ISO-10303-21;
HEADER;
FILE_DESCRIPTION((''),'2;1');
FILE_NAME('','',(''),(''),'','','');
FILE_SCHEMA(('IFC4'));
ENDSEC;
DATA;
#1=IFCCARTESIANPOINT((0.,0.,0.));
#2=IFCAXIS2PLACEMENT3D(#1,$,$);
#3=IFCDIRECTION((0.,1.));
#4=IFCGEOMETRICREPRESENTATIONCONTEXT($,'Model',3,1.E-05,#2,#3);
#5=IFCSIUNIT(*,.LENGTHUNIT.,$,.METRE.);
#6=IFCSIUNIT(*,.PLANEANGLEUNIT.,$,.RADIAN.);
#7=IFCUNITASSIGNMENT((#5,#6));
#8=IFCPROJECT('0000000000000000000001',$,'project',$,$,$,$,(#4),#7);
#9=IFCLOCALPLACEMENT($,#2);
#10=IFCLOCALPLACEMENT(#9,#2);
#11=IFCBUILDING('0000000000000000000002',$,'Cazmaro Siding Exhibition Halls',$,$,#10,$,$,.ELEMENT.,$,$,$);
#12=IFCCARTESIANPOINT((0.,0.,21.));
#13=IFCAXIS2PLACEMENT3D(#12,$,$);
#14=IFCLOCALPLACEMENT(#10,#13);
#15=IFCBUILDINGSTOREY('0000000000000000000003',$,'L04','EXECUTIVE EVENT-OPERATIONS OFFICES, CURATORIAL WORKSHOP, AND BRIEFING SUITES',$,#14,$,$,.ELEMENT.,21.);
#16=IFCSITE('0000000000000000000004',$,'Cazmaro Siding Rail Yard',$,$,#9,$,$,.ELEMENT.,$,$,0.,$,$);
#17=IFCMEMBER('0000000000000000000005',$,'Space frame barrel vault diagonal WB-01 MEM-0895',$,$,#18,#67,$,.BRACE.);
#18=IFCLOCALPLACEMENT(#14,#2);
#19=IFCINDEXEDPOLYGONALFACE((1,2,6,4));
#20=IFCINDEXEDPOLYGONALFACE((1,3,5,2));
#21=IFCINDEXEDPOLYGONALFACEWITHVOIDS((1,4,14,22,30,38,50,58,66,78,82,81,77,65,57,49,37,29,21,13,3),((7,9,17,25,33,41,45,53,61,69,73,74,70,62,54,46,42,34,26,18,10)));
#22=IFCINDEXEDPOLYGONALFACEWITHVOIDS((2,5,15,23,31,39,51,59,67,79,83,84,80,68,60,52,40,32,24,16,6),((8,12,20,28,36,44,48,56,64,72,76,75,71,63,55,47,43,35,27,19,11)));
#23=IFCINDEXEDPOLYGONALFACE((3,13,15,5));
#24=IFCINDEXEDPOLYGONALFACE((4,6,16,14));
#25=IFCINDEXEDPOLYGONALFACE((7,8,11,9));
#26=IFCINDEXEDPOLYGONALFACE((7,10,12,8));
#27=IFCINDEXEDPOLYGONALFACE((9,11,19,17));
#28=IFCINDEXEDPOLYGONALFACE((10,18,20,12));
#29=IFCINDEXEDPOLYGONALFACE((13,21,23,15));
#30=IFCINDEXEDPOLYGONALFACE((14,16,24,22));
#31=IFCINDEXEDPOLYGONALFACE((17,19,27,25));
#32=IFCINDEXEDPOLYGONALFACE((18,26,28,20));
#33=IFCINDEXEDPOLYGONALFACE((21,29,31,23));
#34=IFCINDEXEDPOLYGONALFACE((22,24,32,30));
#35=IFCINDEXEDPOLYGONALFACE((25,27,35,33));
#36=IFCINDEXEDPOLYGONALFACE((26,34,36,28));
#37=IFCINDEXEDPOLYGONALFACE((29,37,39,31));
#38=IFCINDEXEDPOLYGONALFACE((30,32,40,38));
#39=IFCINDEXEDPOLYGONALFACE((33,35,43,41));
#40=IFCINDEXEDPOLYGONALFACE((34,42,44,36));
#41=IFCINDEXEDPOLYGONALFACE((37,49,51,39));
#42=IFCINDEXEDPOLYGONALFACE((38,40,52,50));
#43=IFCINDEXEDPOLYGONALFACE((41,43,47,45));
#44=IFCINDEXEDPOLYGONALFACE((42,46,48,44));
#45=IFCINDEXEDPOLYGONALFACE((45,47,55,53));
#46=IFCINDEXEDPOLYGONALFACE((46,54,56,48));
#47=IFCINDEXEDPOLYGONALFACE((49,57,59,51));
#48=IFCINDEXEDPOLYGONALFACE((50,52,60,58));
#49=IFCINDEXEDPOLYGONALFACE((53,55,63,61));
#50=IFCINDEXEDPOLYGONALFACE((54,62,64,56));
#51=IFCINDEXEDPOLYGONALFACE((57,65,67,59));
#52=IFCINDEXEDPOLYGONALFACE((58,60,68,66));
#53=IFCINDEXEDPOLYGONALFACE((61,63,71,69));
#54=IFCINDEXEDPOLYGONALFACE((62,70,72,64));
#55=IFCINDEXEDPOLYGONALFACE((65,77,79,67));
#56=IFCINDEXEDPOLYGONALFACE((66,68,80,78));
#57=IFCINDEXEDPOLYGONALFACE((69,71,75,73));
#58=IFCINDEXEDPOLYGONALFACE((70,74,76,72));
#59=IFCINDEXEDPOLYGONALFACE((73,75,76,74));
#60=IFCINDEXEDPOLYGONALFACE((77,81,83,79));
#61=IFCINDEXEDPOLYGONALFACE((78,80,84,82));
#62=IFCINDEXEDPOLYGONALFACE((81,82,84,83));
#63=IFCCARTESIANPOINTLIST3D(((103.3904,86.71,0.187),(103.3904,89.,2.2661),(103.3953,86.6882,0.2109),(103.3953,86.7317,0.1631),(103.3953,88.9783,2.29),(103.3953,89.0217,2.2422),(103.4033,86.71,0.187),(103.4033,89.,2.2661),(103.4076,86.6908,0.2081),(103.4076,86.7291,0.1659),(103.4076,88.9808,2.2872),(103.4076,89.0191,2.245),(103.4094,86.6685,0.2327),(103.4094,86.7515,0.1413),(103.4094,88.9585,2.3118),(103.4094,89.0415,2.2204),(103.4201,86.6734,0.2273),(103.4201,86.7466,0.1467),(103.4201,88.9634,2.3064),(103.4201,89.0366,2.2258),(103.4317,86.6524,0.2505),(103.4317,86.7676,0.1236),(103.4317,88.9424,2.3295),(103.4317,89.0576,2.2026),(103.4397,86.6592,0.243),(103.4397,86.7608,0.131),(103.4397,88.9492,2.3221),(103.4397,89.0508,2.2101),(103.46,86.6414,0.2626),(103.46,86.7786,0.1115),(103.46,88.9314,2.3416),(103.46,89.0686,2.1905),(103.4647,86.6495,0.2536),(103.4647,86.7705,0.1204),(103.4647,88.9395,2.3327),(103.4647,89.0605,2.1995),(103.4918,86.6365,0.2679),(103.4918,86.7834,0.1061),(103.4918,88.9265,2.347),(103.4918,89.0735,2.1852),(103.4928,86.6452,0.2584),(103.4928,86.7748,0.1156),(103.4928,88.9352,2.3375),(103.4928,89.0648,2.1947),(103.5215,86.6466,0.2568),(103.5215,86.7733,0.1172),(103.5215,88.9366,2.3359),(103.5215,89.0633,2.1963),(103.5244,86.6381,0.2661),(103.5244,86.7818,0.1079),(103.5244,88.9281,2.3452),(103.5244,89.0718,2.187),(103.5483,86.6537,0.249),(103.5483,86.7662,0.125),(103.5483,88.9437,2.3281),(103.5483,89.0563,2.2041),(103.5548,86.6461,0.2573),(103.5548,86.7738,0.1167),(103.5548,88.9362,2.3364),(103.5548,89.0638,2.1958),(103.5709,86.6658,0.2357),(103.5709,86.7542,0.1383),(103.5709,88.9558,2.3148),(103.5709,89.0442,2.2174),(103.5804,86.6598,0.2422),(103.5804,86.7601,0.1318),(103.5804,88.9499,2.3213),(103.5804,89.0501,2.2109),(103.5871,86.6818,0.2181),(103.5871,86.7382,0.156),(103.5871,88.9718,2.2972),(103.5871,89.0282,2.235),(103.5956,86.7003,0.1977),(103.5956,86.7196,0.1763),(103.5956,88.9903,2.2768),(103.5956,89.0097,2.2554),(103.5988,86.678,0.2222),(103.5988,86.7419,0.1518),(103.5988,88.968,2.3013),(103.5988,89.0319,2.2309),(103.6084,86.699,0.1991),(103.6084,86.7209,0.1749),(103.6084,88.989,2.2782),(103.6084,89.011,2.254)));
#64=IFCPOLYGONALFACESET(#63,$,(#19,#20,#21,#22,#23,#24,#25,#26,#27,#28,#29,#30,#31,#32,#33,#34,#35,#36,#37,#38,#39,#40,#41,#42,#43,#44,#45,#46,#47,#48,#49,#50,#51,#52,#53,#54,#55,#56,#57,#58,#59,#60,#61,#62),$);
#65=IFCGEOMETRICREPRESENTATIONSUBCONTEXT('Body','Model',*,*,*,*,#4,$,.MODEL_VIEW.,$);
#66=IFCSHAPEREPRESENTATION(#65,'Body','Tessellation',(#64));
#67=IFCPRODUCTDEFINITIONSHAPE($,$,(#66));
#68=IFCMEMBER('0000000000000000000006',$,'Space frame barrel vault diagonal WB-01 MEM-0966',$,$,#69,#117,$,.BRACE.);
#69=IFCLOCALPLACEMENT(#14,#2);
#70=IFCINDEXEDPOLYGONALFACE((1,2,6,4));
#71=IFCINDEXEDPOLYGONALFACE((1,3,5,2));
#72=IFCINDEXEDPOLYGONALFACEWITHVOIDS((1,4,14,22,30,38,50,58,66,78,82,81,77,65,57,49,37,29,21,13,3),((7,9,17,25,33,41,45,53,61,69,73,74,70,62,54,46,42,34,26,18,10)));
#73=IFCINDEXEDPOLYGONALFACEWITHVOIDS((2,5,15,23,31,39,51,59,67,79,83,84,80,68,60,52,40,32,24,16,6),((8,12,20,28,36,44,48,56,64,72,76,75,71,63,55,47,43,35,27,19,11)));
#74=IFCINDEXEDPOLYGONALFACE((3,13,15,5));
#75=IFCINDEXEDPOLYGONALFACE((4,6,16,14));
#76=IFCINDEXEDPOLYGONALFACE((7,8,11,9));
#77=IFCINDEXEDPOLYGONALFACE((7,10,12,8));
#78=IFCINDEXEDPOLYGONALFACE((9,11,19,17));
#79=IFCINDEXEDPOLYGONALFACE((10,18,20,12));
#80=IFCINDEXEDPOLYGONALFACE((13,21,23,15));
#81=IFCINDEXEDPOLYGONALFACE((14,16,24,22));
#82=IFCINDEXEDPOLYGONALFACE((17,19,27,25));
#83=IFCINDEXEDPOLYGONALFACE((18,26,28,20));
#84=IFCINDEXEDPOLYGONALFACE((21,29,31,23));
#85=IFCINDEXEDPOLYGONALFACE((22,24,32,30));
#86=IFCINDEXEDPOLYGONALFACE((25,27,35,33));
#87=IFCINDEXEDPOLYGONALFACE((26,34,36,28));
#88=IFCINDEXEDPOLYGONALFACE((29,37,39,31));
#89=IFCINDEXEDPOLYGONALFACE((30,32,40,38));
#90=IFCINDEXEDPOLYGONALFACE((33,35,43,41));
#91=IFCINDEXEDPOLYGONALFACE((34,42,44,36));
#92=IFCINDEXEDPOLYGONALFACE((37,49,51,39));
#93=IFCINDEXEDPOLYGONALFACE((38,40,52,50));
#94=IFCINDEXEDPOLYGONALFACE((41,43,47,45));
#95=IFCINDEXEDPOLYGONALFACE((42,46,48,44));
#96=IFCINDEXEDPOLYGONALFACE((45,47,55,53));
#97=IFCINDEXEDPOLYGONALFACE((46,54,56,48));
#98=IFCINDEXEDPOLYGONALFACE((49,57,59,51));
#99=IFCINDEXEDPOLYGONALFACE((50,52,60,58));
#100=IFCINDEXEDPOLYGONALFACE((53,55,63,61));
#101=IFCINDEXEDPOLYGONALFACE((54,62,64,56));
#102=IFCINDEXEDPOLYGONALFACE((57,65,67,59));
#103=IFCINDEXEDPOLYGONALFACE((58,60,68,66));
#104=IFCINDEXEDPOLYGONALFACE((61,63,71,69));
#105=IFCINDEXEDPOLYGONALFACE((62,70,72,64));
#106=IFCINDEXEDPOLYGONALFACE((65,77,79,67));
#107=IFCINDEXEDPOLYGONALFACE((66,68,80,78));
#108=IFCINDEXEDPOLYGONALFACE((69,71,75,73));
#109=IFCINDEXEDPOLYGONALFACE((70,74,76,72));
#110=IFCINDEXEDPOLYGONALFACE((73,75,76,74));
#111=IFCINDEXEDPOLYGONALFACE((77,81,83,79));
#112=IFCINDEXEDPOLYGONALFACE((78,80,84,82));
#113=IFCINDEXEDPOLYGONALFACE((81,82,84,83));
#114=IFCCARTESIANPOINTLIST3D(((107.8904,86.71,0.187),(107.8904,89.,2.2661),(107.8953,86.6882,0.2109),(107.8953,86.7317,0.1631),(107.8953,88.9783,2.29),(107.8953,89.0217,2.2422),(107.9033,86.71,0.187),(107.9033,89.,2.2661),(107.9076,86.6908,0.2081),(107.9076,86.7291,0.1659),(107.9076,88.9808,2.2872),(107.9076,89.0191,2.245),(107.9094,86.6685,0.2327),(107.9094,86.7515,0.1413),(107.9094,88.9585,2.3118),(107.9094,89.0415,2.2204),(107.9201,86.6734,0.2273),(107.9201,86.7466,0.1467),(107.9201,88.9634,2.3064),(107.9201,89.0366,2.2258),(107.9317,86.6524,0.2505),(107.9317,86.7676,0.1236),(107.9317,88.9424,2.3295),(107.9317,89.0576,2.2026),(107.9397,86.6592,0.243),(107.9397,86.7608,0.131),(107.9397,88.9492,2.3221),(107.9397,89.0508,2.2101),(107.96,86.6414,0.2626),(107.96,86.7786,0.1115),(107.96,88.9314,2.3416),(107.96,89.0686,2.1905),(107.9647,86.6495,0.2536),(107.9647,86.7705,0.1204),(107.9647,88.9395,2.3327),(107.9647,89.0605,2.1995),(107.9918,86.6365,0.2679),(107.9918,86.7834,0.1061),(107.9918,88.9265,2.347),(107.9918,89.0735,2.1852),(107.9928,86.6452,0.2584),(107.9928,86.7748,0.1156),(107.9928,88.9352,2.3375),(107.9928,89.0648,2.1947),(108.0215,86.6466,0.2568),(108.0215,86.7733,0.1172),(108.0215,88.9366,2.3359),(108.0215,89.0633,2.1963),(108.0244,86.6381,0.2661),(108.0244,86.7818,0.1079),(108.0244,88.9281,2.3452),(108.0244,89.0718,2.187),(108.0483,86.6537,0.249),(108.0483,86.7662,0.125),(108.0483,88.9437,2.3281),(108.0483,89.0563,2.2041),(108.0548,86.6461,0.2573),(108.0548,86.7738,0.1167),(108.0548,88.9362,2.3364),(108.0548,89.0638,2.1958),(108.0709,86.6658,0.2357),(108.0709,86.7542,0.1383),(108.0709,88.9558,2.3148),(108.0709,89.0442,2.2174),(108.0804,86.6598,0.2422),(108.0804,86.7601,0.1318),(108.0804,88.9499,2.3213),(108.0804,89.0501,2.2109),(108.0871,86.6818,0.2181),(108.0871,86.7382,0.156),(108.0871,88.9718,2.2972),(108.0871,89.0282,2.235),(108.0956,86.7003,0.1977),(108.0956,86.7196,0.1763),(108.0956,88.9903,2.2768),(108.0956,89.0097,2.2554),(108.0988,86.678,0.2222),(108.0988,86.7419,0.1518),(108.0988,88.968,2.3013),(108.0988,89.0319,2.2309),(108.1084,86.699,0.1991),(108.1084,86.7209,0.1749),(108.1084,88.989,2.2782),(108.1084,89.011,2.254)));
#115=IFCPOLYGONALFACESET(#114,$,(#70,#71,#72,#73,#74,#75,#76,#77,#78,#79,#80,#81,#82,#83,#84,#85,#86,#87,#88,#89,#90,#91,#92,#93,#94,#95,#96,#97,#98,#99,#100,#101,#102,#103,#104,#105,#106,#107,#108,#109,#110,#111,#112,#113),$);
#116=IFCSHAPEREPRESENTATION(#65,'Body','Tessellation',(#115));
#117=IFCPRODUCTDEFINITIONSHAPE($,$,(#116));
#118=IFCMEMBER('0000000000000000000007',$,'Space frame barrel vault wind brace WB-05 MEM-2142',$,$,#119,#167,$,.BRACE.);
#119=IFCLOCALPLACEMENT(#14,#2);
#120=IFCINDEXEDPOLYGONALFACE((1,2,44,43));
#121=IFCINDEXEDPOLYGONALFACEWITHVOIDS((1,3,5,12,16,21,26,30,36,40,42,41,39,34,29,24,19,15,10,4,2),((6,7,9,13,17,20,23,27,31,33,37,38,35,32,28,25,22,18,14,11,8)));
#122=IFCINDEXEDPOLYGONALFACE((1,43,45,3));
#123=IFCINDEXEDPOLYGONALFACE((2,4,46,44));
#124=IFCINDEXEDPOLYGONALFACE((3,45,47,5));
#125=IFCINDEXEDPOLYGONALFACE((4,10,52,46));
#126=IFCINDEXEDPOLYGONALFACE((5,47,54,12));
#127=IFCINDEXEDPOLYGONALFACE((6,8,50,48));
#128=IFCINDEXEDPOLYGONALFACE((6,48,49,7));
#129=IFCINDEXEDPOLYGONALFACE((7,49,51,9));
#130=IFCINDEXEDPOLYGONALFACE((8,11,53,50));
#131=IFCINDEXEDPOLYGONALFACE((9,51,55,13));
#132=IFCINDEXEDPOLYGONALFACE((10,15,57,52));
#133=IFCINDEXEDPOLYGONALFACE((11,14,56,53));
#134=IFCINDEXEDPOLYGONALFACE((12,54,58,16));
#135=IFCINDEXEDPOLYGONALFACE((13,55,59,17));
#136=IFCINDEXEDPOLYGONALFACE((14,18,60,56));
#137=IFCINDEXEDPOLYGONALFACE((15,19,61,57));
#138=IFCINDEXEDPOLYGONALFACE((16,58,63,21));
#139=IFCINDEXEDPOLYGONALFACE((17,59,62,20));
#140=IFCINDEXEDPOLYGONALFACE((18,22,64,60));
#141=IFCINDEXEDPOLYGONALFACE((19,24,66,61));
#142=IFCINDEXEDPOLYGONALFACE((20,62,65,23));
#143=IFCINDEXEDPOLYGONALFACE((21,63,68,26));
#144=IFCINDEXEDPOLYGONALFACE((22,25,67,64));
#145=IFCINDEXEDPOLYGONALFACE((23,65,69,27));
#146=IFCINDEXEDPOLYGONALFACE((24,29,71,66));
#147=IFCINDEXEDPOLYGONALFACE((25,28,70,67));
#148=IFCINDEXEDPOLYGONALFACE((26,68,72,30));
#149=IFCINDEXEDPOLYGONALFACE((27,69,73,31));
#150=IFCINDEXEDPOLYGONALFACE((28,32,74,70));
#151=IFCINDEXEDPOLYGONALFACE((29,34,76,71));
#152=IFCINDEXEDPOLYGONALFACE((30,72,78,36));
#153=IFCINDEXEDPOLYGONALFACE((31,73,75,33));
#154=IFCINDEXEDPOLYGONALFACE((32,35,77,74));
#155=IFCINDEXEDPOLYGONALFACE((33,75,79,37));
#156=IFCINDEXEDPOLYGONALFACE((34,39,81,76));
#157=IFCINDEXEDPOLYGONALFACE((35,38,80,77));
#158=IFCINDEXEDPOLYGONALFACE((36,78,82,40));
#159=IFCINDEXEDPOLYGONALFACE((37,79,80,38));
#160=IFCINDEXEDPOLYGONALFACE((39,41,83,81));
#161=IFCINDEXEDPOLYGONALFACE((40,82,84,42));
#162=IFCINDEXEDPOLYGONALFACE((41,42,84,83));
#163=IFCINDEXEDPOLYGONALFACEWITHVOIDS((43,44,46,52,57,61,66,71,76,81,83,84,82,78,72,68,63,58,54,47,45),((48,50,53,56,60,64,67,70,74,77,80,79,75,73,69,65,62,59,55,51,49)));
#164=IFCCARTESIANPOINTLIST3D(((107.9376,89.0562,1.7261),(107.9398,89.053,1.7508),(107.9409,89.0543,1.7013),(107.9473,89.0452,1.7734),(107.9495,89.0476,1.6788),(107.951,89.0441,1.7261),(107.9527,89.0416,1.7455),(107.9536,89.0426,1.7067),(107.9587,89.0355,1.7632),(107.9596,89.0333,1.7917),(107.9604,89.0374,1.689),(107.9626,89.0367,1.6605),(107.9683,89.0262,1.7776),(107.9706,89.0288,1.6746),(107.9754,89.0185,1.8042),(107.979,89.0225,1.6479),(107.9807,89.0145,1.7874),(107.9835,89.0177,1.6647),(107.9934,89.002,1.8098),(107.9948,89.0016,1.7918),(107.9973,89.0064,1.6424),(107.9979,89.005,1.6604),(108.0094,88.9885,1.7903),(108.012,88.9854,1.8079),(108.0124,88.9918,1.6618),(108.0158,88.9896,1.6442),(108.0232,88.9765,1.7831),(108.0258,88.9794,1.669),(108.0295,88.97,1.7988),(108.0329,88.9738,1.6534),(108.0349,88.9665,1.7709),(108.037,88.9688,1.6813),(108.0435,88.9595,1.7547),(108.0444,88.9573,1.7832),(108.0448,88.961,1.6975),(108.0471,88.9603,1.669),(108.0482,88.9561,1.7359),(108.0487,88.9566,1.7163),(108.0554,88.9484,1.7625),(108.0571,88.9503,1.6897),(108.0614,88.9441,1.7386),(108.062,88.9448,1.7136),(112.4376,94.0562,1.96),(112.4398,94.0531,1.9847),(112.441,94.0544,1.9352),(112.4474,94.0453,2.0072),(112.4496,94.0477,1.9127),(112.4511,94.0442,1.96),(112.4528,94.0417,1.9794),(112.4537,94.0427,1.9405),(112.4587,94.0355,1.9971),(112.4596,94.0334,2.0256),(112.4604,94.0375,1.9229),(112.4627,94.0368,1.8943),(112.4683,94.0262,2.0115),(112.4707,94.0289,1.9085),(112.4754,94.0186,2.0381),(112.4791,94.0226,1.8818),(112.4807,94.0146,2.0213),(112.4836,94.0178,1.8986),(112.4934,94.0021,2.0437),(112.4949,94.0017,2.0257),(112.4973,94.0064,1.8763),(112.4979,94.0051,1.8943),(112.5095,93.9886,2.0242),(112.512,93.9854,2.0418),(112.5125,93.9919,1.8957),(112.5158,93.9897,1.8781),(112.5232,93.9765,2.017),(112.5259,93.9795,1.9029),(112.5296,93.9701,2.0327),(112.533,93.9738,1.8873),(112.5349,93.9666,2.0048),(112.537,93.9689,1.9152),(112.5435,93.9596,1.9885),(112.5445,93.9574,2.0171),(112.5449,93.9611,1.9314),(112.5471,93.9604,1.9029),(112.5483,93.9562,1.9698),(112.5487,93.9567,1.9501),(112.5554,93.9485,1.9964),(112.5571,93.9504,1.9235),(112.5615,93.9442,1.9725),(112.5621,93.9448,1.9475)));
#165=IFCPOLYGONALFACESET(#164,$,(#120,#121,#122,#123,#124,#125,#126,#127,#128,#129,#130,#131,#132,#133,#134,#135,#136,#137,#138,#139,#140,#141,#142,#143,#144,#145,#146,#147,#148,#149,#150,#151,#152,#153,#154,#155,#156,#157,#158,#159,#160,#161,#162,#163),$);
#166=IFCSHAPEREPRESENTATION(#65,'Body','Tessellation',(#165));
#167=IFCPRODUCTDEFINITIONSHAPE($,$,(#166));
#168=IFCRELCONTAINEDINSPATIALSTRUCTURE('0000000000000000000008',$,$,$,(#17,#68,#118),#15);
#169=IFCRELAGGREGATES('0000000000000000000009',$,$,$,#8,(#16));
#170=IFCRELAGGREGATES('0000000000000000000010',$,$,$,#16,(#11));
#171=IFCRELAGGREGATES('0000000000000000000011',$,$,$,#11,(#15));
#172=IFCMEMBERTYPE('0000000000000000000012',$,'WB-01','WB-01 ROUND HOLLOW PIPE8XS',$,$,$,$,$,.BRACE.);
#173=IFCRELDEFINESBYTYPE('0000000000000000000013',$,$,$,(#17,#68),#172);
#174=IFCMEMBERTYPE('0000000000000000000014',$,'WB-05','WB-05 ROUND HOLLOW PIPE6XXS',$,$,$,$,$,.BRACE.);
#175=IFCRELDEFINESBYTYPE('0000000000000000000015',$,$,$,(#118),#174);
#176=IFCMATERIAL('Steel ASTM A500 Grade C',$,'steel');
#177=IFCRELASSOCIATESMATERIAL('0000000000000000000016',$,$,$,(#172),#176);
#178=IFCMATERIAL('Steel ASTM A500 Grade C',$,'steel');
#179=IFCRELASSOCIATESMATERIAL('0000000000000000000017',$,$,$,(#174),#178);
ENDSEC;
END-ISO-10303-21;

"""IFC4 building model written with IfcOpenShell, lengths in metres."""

from ifc_helpers import new_model, si_unit, direction, frame, origin, origin_2d, place, context, subcontext, project, spatial, hollow_circle, extrude, material, material_profile, profile_set, type_object, element, save


model = new_model("IFC4")

# Units and contexts
model_context = context("Model", 3, precision=1e-05, world=origin(), true_north=direction((0.0, 1.0)))
body_context = subcontext(model_context, "Body", "Model", "MODEL_VIEW")
ifc_project = project(units=[si_unit("LENGTHUNIT", "METRE"), si_unit("PLANEANGLEUNIT", "RADIAN")], contexts=[model_context])

# Site, building, storey
site_placement = place(None, origin())
site = spatial("IfcSite", under=ifc_project, at=site_placement, Name="Cazmaro Siding Rail Yard", CompositionType="ELEMENT", RefElevation=0.0)
building_placement = place(site_placement, origin())
building = spatial("IfcBuilding", under=site, at=building_placement, Name="Cazmaro Siding Exhibition Halls", CompositionType="ELEMENT")
storey_placement = place(building_placement, frame((0.0, 0.0, 21.0)))
storey = spatial("IfcBuildingStorey", under=building, at=storey_placement, Name="L04", Description="EXECUTIVE EVENT-OPERATIONS OFFICES, CURATORIAL WORKSHOP, AND BRIEFING SUITES", CompositionType="ELEMENT", Elevation=21.0)

# Members
ifc_material_1 = material(Name="Steel ASTM A500 Grade C", Category="steel")
ifc_material_profile_1 = material_profile(ifc_material_1, hollow_circle(Radius=0.1096, WallThickness=0.0129, at=origin_2d()), Name="PIPE8XS")
ifc_profile_set_1 = profile_set([ifc_material_profile_1], Name="Steel ASTM A500 Grade C")
member_type_1 = type_object("IfcMemberType", Name="WB-01", Description="WB-01 ROUND HOLLOW PIPE8XS", PredefinedType="BRACE", material=ifc_profile_set_1)
for number, where, z_axis, x_axis, name in (
    (1, (103.5, 86.71, 0.187), (0.0, 0.740383, 0.672185), (-1.0, 0.0, 0.0), "Space frame barrel vault diagonal WB-01 MEM-0895"),
    (2, (108.0, 86.71, 0.187), (0.0, 0.740383, 0.672185), (-1.0, 0.0, 0.0), "Space frame barrel vault diagonal WB-01 MEM-0966"),
):
    element("IfcMember", number, at=place(storey_placement, frame(where, z_axis=z_axis, x_axis=x_axis)), inside=storey, type_object=member_type_1, Name=name, PredefinedType="BRACE", context=body_context, shape_type="SweptSolid", body=[
        extrude(hollow_circle(Radius=0.1096, WallThickness=0.0129, at=origin_2d()), origin(), (0.0, 0.0, 1.0), 3.093),
    ])
ifc_material_2 = material(Name="Steel ASTM A500 Grade C", Category="steel")
ifc_material_profile_2 = material_profile(ifc_material_2, hollow_circle(Radius=0.084, WallThickness=0.0181, at=origin_2d()), Name="PIPE6XXS")
ifc_profile_set_2 = profile_set([ifc_material_profile_2], Name="Steel ASTM A500 Grade C")
member_type_2 = type_object("IfcMemberType", Name="WB-05", Description="WB-05 ROUND HOLLOW PIPE6XXS", PredefinedType="BRACE", material=ifc_profile_set_2)
member_1_placement = place(storey_placement, frame((108.0, 89.0, 1.7261), z_axis=(0.668561, 0.742845, 0.034748), x_axis=(-0.743294, 0.668965, 0.0)))
element("IfcMember", 3, at=member_1_placement, inside=storey, type_object=member_type_2, Name="Space frame barrel vault wind brace WB-05 MEM-2142", PredefinedType="BRACE", context=body_context, shape_type="SweptSolid", body=[
    extrude(hollow_circle(Radius=0.084, WallThickness=0.0181, at=origin_2d()), origin(), (0.0, 0.0, 1.0), 6.731),
])

save(model, "model.ifc")
